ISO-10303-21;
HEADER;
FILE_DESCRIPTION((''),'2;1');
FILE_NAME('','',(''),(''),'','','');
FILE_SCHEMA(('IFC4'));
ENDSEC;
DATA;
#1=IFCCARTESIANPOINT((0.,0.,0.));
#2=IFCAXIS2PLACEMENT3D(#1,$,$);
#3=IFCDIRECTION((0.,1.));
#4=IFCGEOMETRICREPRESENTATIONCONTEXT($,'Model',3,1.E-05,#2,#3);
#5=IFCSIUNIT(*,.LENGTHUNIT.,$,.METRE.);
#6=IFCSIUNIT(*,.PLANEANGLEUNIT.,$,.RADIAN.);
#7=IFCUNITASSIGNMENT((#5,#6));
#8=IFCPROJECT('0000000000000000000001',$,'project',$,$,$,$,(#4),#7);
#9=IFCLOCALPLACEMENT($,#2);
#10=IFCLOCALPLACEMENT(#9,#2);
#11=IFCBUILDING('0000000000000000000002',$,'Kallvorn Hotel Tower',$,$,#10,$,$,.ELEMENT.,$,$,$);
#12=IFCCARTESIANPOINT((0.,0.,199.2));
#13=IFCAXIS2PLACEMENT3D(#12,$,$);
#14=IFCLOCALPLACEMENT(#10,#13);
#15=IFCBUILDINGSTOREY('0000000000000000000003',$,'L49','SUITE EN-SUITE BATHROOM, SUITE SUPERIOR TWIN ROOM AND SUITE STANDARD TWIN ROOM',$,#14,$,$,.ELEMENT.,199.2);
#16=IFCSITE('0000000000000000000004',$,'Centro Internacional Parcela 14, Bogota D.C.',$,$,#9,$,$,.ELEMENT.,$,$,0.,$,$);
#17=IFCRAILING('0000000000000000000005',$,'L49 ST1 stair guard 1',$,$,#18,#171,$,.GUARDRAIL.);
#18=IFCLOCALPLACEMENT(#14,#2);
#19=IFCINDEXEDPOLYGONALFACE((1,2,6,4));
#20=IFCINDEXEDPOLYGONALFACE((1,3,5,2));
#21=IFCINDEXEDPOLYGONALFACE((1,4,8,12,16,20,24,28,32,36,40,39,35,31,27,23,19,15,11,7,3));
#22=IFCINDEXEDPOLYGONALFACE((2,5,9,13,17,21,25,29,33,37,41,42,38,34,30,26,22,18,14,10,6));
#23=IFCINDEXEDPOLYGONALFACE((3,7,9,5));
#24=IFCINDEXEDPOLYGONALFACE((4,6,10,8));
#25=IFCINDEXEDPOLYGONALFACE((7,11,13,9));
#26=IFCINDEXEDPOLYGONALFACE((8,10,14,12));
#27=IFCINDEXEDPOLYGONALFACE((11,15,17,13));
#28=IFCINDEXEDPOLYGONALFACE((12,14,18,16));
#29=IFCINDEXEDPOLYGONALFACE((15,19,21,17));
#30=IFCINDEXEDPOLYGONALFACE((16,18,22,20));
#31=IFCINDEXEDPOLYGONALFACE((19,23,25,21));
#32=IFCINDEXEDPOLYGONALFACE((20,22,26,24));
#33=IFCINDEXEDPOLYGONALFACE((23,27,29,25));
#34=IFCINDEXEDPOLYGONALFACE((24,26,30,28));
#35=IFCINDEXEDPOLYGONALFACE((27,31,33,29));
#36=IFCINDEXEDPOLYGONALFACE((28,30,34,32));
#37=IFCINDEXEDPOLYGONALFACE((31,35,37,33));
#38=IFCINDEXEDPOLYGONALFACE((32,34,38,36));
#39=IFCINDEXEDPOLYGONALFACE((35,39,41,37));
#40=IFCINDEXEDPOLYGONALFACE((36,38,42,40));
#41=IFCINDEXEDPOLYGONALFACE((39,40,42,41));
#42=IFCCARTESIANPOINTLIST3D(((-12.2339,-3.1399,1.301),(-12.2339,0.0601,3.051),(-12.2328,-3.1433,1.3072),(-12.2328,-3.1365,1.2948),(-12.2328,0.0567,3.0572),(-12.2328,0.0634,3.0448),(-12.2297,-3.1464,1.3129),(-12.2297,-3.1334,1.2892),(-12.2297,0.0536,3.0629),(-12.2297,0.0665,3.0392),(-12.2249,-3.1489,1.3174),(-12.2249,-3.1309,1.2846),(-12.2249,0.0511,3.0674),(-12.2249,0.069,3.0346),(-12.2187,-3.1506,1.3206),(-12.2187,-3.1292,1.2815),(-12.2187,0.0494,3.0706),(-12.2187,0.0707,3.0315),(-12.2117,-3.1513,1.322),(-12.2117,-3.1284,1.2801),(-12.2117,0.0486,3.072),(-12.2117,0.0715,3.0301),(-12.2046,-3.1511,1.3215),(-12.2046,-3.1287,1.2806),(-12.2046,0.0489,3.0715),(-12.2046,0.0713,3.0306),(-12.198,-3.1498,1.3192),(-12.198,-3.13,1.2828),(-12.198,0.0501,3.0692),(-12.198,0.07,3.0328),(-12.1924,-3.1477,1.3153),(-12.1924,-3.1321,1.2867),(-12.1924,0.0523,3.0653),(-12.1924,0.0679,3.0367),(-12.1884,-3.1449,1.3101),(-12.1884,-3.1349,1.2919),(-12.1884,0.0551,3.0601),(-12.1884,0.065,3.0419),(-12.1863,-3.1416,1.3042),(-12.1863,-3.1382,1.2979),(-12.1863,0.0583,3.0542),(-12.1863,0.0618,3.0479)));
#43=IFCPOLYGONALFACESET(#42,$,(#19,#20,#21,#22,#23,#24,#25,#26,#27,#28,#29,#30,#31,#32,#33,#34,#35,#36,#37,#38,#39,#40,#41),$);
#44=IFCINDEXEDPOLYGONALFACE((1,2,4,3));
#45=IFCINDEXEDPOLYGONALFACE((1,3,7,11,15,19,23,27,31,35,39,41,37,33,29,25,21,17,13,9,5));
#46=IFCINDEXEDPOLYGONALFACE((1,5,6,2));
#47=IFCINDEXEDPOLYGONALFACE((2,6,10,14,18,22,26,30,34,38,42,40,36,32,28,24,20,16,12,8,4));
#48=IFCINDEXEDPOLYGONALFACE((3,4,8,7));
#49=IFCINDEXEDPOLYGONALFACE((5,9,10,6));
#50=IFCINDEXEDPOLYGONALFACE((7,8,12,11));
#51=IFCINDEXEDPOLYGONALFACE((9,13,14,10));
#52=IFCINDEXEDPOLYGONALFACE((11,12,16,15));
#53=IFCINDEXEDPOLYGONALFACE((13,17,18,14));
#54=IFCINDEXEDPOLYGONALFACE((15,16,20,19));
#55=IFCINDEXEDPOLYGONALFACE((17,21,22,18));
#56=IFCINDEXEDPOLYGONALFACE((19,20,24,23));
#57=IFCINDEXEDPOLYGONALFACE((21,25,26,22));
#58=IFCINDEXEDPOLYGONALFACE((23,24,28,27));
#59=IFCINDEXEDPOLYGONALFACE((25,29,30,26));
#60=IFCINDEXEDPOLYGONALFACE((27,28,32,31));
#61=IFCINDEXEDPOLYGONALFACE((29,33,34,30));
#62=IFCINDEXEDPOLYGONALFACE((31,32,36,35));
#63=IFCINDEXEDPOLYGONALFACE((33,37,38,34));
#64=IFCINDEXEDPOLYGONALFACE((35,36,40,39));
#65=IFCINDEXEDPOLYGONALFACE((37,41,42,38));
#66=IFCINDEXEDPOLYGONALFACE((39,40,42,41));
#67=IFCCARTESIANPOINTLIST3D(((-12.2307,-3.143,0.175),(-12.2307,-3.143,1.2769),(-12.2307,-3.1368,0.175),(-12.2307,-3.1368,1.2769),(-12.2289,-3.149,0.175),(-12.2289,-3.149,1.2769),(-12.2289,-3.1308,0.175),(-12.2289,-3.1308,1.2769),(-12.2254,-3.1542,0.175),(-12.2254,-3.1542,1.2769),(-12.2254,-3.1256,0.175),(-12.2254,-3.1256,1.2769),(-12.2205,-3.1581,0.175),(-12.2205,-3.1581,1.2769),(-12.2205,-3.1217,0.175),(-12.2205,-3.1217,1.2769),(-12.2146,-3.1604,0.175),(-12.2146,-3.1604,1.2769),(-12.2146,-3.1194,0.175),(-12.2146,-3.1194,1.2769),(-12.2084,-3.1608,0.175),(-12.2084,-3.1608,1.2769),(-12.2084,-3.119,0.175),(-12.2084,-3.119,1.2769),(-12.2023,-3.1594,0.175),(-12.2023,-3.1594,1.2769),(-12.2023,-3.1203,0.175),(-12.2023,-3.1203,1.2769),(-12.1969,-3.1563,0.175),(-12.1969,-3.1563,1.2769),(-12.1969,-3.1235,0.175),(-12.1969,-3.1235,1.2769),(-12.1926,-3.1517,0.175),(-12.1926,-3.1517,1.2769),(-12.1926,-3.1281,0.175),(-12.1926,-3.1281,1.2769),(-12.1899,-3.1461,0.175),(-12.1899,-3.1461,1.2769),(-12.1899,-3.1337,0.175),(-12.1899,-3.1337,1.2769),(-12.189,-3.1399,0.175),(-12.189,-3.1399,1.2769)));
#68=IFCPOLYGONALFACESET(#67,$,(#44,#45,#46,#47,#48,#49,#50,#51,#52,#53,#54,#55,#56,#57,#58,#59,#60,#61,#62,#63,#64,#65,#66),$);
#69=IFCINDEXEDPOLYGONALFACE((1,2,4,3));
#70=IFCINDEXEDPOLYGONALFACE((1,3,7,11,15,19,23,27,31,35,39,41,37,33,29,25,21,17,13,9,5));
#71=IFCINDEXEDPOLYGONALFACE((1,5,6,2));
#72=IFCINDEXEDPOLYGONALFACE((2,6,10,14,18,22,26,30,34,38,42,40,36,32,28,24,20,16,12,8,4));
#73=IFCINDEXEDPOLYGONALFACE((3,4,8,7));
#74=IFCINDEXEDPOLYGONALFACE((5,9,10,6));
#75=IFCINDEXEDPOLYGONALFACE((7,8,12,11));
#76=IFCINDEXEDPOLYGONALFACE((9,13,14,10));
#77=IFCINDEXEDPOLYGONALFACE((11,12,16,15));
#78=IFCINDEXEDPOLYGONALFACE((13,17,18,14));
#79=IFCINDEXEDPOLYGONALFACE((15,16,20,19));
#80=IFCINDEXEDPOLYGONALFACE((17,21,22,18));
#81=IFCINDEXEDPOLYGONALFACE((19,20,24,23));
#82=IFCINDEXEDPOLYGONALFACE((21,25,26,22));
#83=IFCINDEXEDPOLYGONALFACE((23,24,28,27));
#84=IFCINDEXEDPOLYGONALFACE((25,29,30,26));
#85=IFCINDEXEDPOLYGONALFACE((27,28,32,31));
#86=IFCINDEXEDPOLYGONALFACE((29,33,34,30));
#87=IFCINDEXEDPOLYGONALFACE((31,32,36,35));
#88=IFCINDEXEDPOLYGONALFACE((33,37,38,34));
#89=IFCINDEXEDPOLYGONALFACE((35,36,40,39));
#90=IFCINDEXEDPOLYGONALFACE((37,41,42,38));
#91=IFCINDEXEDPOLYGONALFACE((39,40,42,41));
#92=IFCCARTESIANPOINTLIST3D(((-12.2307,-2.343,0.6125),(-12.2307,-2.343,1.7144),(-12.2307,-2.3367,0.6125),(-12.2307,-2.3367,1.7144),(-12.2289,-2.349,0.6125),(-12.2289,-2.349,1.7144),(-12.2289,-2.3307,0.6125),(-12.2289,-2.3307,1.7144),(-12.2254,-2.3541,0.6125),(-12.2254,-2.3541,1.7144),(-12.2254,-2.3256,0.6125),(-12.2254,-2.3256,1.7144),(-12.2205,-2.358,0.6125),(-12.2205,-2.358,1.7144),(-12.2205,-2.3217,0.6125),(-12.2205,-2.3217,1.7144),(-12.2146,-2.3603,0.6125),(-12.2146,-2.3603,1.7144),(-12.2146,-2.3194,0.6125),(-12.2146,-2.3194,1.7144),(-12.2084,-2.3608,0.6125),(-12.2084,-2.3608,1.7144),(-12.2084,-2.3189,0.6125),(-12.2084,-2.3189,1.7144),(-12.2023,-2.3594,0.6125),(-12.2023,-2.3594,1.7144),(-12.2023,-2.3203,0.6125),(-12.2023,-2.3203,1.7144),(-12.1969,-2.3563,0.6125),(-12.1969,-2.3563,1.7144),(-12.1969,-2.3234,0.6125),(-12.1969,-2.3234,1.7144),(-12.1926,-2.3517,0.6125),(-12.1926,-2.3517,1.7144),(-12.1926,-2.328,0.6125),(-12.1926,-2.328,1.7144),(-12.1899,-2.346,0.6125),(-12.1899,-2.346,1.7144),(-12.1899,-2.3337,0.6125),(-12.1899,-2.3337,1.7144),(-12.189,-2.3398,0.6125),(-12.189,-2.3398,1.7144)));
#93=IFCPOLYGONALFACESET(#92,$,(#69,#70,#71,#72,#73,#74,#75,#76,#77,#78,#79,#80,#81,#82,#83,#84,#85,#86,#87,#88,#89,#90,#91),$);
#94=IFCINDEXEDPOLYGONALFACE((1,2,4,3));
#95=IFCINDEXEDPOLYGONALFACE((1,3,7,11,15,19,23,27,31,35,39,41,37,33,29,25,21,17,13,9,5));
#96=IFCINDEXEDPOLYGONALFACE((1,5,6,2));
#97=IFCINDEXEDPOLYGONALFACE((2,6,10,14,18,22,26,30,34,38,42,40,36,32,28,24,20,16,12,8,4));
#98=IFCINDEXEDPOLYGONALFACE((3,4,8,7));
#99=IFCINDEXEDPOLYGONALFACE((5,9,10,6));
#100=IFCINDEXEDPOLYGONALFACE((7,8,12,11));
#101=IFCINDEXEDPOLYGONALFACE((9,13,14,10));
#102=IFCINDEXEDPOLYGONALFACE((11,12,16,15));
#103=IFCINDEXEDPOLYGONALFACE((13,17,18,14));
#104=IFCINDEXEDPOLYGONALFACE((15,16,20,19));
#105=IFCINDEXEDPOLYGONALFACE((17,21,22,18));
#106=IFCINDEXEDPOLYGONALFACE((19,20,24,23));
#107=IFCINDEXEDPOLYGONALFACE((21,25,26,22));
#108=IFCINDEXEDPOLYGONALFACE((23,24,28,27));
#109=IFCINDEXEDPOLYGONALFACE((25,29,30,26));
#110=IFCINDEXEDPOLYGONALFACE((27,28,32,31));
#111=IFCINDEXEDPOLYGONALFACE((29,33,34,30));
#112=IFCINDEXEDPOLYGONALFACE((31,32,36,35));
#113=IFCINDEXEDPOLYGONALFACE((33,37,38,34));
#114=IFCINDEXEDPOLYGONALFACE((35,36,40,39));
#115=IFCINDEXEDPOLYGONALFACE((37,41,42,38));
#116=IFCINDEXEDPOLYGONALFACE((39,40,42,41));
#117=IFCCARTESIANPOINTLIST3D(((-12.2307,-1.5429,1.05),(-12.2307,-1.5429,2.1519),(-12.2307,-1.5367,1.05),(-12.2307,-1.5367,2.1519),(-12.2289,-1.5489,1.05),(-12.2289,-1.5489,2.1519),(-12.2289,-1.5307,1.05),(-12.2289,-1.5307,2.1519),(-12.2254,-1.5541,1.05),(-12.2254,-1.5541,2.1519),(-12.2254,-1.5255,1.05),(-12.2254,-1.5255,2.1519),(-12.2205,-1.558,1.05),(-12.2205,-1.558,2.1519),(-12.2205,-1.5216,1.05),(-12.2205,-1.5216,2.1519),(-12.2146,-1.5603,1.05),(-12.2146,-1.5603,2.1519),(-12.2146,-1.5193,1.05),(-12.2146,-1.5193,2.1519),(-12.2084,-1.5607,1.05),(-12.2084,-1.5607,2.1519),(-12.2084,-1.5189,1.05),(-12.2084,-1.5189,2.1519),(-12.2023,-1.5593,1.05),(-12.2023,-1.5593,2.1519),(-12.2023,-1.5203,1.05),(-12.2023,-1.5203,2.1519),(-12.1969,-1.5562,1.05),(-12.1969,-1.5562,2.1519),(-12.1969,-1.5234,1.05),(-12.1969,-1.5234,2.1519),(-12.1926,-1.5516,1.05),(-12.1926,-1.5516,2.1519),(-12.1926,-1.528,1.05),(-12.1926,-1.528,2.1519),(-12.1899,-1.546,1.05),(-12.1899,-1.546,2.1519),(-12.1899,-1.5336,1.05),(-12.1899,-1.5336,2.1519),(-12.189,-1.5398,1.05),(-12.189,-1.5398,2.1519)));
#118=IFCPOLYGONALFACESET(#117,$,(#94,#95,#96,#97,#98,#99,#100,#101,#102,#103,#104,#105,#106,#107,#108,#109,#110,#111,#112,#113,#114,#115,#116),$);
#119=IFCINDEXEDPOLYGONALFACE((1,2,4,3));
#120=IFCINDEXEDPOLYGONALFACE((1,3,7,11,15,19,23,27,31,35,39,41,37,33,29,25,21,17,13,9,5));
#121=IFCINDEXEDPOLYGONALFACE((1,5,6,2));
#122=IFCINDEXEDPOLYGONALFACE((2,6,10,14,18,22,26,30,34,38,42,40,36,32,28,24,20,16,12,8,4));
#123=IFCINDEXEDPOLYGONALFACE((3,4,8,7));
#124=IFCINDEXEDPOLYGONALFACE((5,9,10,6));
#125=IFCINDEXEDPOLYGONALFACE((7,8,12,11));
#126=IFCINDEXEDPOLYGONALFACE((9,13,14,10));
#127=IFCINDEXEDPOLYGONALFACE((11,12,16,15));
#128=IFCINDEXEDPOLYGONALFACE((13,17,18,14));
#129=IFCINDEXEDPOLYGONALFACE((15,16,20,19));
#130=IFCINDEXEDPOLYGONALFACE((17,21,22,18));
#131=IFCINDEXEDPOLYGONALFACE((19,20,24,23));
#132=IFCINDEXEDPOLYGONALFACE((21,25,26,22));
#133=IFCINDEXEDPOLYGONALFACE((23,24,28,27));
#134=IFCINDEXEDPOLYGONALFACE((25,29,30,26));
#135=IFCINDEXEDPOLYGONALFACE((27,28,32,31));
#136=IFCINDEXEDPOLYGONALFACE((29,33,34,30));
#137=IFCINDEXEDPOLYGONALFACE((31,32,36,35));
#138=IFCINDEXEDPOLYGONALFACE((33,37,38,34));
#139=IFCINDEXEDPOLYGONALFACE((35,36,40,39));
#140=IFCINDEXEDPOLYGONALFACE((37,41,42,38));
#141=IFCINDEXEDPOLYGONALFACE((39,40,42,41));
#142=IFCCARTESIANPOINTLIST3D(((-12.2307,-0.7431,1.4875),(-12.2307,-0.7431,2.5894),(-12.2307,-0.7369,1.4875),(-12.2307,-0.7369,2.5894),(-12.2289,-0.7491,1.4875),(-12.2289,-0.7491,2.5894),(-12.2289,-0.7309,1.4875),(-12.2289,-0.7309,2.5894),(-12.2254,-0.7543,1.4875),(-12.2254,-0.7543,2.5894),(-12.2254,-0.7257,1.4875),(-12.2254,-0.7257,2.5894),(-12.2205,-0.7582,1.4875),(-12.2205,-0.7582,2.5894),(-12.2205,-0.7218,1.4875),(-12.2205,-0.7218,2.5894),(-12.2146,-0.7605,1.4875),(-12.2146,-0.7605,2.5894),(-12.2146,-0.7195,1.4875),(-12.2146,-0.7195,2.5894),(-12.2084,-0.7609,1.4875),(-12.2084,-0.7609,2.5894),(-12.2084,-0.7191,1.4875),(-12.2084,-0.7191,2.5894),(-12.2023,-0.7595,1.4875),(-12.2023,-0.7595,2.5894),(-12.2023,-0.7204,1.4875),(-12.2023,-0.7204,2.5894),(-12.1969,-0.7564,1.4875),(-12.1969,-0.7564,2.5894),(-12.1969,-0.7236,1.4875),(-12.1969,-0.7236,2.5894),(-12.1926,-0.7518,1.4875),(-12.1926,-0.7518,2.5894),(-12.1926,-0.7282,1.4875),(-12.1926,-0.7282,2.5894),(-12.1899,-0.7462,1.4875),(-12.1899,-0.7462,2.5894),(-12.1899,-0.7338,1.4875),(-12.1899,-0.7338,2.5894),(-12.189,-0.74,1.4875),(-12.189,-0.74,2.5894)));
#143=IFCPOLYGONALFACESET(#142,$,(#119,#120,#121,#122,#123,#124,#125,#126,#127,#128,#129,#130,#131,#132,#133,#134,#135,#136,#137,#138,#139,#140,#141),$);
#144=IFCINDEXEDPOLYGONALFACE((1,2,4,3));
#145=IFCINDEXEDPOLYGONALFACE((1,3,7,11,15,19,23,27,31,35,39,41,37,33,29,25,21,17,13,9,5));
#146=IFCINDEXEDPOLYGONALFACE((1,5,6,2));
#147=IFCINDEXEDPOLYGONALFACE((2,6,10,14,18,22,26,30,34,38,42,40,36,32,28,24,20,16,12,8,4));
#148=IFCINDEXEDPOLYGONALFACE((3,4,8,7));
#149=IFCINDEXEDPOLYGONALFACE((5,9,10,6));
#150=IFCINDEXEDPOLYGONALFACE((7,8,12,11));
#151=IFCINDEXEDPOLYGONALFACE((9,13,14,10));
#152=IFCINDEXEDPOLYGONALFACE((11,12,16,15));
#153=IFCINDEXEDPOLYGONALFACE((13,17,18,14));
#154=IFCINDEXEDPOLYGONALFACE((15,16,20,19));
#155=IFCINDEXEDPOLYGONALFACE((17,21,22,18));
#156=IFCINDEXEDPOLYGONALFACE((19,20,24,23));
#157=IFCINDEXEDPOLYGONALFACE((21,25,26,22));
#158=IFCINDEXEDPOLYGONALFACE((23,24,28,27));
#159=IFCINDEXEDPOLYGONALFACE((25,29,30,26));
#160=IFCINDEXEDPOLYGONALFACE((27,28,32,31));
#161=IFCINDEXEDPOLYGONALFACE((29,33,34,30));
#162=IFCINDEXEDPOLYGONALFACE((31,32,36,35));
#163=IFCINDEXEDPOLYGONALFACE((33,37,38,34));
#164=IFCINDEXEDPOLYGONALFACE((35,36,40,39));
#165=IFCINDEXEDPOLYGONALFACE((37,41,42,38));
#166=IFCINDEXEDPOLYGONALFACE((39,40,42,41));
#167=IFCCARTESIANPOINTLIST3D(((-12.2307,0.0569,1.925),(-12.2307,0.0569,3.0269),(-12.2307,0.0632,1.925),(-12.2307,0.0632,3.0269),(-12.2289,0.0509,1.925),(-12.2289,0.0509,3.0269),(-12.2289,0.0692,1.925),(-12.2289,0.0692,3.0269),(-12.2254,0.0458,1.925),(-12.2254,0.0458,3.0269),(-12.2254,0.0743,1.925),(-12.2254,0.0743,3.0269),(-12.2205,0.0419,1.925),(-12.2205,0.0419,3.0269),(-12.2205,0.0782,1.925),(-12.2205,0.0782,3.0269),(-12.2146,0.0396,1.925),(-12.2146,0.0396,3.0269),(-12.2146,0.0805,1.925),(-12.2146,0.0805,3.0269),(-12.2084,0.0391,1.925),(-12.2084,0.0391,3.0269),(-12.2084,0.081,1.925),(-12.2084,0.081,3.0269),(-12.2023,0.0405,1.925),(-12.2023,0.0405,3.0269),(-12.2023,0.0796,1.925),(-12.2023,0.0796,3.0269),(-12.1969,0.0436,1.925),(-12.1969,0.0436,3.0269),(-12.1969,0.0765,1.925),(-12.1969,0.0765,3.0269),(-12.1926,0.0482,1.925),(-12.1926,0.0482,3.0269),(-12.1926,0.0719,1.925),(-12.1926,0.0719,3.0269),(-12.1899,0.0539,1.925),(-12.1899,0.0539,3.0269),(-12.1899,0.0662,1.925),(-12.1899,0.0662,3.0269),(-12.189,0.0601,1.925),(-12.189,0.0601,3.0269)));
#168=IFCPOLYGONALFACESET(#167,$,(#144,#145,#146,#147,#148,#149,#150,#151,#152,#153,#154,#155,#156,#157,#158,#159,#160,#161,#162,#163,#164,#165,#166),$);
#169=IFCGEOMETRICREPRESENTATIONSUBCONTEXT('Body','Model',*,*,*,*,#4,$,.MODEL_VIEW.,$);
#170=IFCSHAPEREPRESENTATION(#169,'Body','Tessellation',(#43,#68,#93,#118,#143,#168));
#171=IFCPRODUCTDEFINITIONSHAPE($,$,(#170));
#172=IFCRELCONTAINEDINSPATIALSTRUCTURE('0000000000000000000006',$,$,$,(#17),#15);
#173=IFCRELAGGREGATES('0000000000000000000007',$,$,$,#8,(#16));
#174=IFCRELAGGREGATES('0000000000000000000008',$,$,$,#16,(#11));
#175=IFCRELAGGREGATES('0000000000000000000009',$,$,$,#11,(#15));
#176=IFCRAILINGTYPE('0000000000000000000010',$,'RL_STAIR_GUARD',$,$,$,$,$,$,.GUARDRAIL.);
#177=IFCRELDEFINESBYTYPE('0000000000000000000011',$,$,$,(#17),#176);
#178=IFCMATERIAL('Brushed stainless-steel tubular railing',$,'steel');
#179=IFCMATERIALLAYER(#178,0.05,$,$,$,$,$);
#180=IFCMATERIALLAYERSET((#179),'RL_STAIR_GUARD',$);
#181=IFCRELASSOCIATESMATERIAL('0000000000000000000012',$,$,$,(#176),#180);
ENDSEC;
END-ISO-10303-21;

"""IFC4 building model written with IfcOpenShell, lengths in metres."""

from ifc_helpers import new_model, si_unit, direction, frame, origin, origin_2d, place, context, subcontext, project, spatial, circle, extrude, material, layer, layer_set, type_object, element, save


model = new_model("IFC4")

# Units and contexts
model_context = context("Model", 3, precision=1e-05, world=origin(), true_north=direction((0.0, 1.0)))
body_context = subcontext(model_context, "Body", "Model", "MODEL_VIEW")
ifc_project = project(units=[si_unit("LENGTHUNIT", "METRE"), si_unit("PLANEANGLEUNIT", "RADIAN")], contexts=[model_context])

# Site, building, storey
site_placement = place(None, origin())
site = spatial("IfcSite", under=ifc_project, at=site_placement, Name="Centro Internacional Parcela 14, Bogota D.C.", CompositionType="ELEMENT", RefElevation=0.0)
building_placement = place(site_placement, origin())
building = spatial("IfcBuilding", under=site, at=building_placement, Name="Kallvorn Hotel Tower", CompositionType="ELEMENT")
storey_placement = place(building_placement, frame((0.0, 0.0, 199.2)))
storey = spatial("IfcBuildingStorey", under=building, at=storey_placement, Name="L49", Description="SUITE EN-SUITE BATHROOM, SUITE SUPERIOR TWIN ROOM AND SUITE STANDARD TWIN ROOM", CompositionType="ELEMENT", Elevation=199.2)

# Railing
ifc_material_1 = material(Name="Brushed stainless-steel tubular railing", Category="steel")
ifc_layer_1 = layer(ifc_material_1, 0.05)
ifc_layer_set_1 = layer_set([ifc_layer_1], Name="RL_STAIR_GUARD")
railing_type_1 = type_object("IfcRailingType", Name="RL_STAIR_GUARD", PredefinedType="GUARDRAIL", material=ifc_layer_set_1)
railing_1_placement = place(storey_placement, frame((-12.21, -3.1399, 0.175)))
element("IfcRailing", 1, at=railing_1_placement, inside=storey, type_object=railing_type_1, Name="L49 ST1 stair guard 1", PredefinedType="GUARDRAIL", context=body_context, shape_type="SweptSolid", body=[
    extrude(circle(Radius=0.0239, at=origin_2d()), frame((0.0, 0.0, 1.126), z_axis=(0.0, 0.877368, 0.479818), x_axis=(-1.0, 0.0, 0.0)), (0.0, 0.0, 1.0), 3.6472),
    extrude(circle(Radius=0.021, at=origin_2d()), origin(), (0.0, 0.0, 1.0), 1.1018),
    extrude(circle(Radius=0.021, at=origin_2d()), frame((0.0, 0.8, 0.4375)), (0.0, 0.0, 1.0), 1.1018),
    extrude(circle(Radius=0.021, at=origin_2d()), frame((0.0, 1.6001, 0.875)), (0.0, 0.0, 1.0), 1.1018),
    extrude(circle(Radius=0.021, at=origin_2d()), frame((0.0, 2.3999, 1.3125)), (0.0, 0.0, 1.0), 1.1018),
    extrude(circle(Radius=0.021, at=origin_2d()), frame((0.0, 3.2, 1.75)), (0.0, 0.0, 1.0), 1.1018),
])

save(model, "model.ifc")
